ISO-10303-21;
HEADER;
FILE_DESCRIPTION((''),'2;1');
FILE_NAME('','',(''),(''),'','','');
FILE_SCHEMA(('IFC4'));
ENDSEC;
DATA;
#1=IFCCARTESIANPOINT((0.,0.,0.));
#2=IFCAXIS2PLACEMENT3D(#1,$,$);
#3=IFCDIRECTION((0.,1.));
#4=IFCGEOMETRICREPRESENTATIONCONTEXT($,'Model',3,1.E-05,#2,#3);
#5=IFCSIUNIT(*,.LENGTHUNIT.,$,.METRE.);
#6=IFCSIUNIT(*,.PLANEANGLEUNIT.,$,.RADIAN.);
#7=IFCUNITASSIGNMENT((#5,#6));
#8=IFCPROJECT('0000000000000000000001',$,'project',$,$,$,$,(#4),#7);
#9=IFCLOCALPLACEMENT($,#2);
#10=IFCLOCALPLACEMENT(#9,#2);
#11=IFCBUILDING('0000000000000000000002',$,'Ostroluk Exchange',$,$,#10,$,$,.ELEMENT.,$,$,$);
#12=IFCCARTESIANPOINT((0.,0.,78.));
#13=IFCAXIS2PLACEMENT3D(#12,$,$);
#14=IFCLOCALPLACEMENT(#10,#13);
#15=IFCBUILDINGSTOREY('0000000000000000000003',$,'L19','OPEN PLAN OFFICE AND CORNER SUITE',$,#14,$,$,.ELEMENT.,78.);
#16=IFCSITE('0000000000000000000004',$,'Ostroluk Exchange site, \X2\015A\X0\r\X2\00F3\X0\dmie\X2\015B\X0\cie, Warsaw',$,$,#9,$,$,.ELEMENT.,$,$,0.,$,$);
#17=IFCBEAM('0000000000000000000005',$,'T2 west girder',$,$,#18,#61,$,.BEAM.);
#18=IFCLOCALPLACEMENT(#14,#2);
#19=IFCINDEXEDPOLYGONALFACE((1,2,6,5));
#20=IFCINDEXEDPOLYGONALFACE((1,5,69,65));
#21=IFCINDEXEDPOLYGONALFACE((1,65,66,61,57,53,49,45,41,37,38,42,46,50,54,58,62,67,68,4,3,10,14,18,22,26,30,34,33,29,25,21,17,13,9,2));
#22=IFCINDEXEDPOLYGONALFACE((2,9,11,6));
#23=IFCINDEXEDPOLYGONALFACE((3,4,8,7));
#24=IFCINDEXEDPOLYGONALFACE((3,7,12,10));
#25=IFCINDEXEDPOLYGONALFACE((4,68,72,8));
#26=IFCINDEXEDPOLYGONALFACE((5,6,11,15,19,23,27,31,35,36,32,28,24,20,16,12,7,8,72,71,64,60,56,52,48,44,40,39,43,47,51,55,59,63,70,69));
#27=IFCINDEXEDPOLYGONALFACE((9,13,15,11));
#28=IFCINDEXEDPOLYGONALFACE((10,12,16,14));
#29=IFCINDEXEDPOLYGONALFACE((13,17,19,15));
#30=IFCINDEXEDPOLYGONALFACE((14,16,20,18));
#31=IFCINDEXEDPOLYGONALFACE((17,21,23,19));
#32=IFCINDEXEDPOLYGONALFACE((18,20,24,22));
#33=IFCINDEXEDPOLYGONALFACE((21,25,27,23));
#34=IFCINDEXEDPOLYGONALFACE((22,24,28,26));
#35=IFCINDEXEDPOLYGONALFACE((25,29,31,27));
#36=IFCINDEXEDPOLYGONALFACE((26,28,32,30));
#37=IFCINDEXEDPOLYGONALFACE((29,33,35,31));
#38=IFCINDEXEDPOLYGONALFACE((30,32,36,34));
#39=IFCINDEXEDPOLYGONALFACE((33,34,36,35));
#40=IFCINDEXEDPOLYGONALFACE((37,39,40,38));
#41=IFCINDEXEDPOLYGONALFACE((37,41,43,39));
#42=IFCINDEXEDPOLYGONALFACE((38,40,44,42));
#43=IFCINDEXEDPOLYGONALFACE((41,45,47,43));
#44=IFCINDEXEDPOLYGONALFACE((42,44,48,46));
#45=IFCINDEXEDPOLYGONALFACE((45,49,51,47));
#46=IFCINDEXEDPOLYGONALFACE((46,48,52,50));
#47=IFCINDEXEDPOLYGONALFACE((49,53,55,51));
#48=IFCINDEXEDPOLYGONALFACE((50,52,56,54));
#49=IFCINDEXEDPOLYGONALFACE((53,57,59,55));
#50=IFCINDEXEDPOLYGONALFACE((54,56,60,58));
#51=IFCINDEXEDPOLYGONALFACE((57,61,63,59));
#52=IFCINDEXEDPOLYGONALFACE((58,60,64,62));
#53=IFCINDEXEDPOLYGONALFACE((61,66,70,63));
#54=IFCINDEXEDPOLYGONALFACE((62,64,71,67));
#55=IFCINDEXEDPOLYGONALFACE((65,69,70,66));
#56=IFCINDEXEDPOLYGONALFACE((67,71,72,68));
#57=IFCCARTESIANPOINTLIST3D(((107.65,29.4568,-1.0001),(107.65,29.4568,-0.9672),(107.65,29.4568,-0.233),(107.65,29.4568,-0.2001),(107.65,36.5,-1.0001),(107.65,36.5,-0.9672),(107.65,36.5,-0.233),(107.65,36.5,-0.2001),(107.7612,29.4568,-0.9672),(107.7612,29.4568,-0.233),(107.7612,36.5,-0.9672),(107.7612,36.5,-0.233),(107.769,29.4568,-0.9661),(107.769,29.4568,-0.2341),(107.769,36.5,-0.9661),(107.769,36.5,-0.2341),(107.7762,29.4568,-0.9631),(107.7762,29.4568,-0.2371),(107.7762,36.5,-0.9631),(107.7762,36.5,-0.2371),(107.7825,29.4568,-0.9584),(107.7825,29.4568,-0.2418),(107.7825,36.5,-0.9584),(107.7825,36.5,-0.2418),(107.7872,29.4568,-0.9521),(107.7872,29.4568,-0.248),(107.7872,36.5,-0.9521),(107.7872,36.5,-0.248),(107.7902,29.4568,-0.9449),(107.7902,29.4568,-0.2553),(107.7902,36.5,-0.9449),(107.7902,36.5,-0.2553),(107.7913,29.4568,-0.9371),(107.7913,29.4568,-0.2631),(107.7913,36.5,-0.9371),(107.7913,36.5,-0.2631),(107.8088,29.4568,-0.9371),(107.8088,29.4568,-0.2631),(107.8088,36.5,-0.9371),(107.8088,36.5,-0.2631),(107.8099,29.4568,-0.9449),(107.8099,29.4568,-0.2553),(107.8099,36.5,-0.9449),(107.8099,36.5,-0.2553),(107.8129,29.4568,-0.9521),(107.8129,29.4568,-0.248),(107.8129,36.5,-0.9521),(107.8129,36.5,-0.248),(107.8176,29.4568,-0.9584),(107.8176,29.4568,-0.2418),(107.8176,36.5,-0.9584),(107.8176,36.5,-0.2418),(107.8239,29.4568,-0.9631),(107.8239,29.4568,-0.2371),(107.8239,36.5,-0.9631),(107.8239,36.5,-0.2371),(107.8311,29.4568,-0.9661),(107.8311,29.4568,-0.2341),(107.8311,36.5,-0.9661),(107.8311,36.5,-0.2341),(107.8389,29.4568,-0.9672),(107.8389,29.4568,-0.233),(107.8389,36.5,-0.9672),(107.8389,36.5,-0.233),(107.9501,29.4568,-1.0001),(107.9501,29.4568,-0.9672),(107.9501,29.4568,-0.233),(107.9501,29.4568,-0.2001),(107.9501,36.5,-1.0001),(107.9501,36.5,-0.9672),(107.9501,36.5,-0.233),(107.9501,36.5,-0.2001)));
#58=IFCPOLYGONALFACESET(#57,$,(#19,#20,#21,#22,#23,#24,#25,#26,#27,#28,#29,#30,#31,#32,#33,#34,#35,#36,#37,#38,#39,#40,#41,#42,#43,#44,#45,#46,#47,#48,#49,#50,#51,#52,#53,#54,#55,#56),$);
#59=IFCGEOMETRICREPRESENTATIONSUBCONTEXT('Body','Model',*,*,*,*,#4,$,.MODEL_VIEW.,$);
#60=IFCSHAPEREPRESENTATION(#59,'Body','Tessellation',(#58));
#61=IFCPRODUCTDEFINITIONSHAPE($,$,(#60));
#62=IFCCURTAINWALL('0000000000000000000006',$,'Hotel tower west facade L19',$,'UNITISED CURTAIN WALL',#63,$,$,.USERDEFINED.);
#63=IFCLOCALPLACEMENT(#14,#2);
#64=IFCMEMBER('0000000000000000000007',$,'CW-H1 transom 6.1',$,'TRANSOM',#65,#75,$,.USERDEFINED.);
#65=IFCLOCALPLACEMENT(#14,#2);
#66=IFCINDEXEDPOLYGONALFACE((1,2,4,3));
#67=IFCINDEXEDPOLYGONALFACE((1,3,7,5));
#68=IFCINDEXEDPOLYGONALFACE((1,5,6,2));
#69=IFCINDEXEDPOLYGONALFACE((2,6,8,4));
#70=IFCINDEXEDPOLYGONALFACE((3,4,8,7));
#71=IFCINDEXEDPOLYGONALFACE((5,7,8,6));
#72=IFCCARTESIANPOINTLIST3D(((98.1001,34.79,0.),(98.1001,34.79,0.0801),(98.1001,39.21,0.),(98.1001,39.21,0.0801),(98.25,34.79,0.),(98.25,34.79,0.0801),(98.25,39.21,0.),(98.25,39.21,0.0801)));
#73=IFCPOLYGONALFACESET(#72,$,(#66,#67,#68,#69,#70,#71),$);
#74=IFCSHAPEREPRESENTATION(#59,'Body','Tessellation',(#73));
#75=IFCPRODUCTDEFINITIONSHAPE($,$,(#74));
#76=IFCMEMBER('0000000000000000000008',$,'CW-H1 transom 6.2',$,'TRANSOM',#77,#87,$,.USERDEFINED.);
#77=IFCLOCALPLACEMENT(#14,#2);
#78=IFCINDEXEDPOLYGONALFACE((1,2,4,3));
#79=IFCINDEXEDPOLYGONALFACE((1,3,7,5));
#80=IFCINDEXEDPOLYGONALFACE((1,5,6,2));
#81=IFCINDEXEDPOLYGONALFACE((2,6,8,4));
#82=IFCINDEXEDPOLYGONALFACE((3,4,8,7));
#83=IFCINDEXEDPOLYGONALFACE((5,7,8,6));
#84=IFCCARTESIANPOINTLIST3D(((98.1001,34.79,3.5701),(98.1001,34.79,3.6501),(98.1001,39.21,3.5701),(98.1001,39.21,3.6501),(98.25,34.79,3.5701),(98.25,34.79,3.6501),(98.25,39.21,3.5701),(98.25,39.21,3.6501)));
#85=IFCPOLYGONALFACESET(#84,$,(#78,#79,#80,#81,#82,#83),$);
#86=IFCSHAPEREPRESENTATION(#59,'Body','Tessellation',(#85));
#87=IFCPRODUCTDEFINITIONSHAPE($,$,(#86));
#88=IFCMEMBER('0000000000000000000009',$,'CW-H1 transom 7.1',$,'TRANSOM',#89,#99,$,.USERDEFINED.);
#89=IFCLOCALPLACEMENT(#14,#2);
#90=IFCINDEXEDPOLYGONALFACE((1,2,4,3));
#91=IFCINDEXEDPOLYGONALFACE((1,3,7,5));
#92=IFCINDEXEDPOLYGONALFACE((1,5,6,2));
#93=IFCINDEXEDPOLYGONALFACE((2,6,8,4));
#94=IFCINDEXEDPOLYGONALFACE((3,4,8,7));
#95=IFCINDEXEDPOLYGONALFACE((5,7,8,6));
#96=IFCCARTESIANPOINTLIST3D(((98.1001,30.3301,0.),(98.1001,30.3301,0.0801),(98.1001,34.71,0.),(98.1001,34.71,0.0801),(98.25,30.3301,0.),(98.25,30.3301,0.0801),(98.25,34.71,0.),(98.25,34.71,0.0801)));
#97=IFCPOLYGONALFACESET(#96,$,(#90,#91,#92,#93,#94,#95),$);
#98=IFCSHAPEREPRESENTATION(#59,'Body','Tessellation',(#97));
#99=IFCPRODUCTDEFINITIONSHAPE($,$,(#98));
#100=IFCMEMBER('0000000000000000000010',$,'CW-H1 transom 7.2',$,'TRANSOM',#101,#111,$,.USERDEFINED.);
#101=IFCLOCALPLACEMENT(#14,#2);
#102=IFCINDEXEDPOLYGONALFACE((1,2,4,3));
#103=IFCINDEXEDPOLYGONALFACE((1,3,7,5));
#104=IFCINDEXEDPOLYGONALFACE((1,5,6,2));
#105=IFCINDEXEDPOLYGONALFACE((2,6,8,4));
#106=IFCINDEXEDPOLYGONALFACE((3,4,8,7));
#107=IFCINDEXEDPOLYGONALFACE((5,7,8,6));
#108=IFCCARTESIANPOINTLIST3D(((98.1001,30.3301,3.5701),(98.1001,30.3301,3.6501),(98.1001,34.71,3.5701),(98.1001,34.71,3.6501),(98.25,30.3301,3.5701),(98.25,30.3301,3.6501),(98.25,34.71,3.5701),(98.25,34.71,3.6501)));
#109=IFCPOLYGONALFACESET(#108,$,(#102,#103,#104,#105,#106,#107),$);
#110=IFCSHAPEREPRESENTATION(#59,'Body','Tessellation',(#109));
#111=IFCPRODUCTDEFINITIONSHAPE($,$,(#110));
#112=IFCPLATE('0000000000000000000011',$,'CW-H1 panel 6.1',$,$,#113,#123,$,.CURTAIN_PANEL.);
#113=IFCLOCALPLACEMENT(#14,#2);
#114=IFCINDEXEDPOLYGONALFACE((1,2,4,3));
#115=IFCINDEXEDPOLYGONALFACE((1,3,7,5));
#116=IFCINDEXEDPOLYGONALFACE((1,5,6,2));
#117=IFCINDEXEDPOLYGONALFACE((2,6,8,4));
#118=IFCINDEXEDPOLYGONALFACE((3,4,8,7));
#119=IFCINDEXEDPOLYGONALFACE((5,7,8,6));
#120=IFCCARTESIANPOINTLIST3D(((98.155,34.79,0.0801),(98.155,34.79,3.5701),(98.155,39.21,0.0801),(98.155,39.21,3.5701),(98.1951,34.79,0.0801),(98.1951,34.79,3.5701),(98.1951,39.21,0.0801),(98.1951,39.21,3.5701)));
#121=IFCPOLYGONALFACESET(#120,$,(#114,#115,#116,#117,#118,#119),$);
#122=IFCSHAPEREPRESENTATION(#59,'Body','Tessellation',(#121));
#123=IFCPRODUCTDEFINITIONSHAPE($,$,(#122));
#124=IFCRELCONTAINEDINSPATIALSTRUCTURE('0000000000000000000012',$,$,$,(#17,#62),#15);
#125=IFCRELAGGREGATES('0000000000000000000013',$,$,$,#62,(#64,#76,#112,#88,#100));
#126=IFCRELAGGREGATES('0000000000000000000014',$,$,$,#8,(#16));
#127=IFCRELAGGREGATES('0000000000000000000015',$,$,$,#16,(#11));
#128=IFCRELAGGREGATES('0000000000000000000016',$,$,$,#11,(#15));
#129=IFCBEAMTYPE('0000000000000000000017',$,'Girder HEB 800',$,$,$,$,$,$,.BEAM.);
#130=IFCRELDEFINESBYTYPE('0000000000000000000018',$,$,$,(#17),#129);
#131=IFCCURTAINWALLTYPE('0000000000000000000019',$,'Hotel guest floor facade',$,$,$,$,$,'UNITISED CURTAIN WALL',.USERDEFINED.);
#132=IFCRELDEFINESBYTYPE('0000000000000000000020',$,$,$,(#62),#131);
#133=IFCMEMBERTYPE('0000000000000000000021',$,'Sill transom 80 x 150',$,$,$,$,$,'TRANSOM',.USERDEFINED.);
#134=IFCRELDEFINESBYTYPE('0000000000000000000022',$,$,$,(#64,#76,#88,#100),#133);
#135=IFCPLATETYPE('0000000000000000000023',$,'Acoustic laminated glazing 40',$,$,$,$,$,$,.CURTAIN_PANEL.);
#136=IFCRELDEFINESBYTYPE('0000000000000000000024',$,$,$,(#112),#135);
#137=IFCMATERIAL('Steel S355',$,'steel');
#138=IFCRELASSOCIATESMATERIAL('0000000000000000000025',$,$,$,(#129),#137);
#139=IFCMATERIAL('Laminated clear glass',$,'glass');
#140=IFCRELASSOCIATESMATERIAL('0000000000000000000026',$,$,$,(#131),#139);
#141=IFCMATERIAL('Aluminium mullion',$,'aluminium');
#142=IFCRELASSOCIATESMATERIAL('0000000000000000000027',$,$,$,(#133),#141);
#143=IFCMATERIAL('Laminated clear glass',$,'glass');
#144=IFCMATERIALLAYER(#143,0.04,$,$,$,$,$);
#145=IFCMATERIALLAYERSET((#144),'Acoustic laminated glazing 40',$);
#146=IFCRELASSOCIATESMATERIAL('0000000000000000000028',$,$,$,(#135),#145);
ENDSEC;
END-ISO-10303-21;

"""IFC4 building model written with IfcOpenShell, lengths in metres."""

from ifc_helpers import new_model, si_unit, direction, frame, origin, origin_2d, place, context, subcontext, project, spatial, rectangle, i_section, extrude, material, layer, layer_set, material_profile, profile_set, type_object, element, aggregate, save


model = new_model("IFC4")

# Units and contexts
model_context = context("Model", 3, precision=1e-05, world=origin(), true_north=direction((0.0, 1.0)))
body_context = subcontext(model_context, "Body", "Model", "MODEL_VIEW")
ifc_project = project(units=[si_unit("LENGTHUNIT", "METRE"), si_unit("PLANEANGLEUNIT", "RADIAN")], contexts=[model_context])

# Site, building, storey
site_placement = place(None, origin())
site = spatial("IfcSite", under=ifc_project, at=site_placement, Name="Ostroluk Exchange site, Śródmieście, Warsaw", CompositionType="ELEMENT", RefElevation=0.0)
building_placement = place(site_placement, origin())
building = spatial("IfcBuilding", under=site, at=building_placement, Name="Ostroluk Exchange", CompositionType="ELEMENT")
storey_placement = place(building_placement, frame((0.0, 0.0, 78.0)))
storey = spatial("IfcBuildingStorey", under=building, at=storey_placement, Name="L19", Description="OPEN PLAN OFFICE AND CORNER SUITE", CompositionType="ELEMENT", Elevation=78.0)

# Beam
ifc_material_1 = material(Name="Steel S355", Category="steel")
ifc_material_profile_1 = material_profile(ifc_material_1, i_section(OverallWidth=0.3, OverallDepth=0.8, WebThickness=0.0176, FlangeThickness=0.033, FilletRadius=0.03, at=origin_2d()), Name="HEB 800")
ifc_profile_set_1 = profile_set([ifc_material_profile_1], Name="Steel S355")
beam_type_1 = type_object("IfcBeamType", Name="Girder HEB 800", PredefinedType="BEAM", material=ifc_profile_set_1)
beam_1_placement = place(storey_placement, frame((107.8, 36.5, -0.6001), z_axis=(0.0, -1.0, 0.0), x_axis=(1.0, 0.0, 0.0)))
element("IfcBeam", 1, at=beam_1_placement, inside=storey, type_object=beam_type_1, Name="T2 west girder", PredefinedType="BEAM", context=body_context, shape_type="SweptSolid", body=[
    extrude(i_section(OverallWidth=0.3, OverallDepth=0.8, WebThickness=0.0176, FlangeThickness=0.033, FilletRadius=0.03, at=origin_2d()), origin(), (0.0, 0.0, 1.0), 7.0432),
])

# Curtain wall, members, plate
ifc_material_2 = material(Name="Laminated clear glass", Category="glass")
curtain_wall_type = type_object("IfcCurtainWallType", Name="Hotel guest floor facade", ElementType="UNITISED CURTAIN WALL", PredefinedType="USERDEFINED", material=ifc_material_2)
curtain_wall_placement = place(storey_placement, origin())
curtain_wall = element("IfcCurtainWall", 2, at=curtain_wall_placement, inside=storey, type_object=curtain_wall_type, Name="Hotel tower west facade L19", ObjectType="UNITISED CURTAIN WALL", PredefinedType="USERDEFINED")
ifc_material_3 = material(Name="Aluminium mullion", Category="aluminium")
ifc_material_profile_2 = material_profile(ifc_material_3, rectangle(XDim=0.1499, YDim=0.0801, at=origin_2d()), Name="Sill transom 80 x 150")
ifc_profile_set_2 = profile_set([ifc_material_profile_2], Name="Aluminium mullion")
member_type = type_object("IfcMemberType", Name="Sill transom 80 x 150", ElementType="TRANSOM", PredefinedType="USERDEFINED", material=ifc_profile_set_2)
member_1_placement = place(storey_placement, frame((98.175, 39.21, 0.04), z_axis=(0.0, -1.0, 0.0), x_axis=(1.0, 0.0, 0.0)))
member_1 = element("IfcMember", 3, at=member_1_placement, type_object=member_type, Name="CW-H1 transom 6.1", ObjectType="TRANSOM", PredefinedType="USERDEFINED", context=body_context, shape_type="SweptSolid", body=[
    extrude(rectangle(XDim=0.1499, YDim=0.0801, at=origin_2d()), origin(), (0.0, 0.0, 1.0), 4.4199),
])
member_2_placement = place(storey_placement, frame((98.175, 39.21, 3.6101), z_axis=(0.0, -1.0, 0.0), x_axis=(1.0, 0.0, 0.0)))
member_2 = element("IfcMember", 4, at=member_2_placement, type_object=member_type, Name="CW-H1 transom 6.2", ObjectType="TRANSOM", PredefinedType="USERDEFINED", context=body_context, shape_type="SweptSolid", body=[
    extrude(rectangle(XDim=0.1499, YDim=0.0801, at=origin_2d()), origin(), (0.0, 0.0, 1.0), 4.4199),
])
member_3_placement = place(storey_placement, frame((98.175, 34.71, 0.04), z_axis=(0.0, -1.0, 0.0), x_axis=(1.0, 0.0, 0.0)))
member_3 = element("IfcMember", 5, at=member_3_placement, type_object=member_type, Name="CW-H1 transom 7.1", ObjectType="TRANSOM", PredefinedType="USERDEFINED", context=body_context, shape_type="SweptSolid", body=[
    extrude(rectangle(XDim=0.1499, YDim=0.0801, at=origin_2d()), origin(), (0.0, 0.0, 1.0), 4.3799),
])
member_4_placement = place(storey_placement, frame((98.175, 34.71, 3.6101), z_axis=(0.0, -1.0, 0.0), x_axis=(1.0, 0.0, 0.0)))
member_4 = element("IfcMember", 6, at=member_4_placement, type_object=member_type, Name="CW-H1 transom 7.2", ObjectType="TRANSOM", PredefinedType="USERDEFINED", context=body_context, shape_type="SweptSolid", body=[
    extrude(rectangle(XDim=0.1499, YDim=0.0801, at=origin_2d()), origin(), (0.0, 0.0, 1.0), 4.3799),
])
ifc_material_4 = material(Name="Laminated clear glass", Category="glass")
ifc_layer_1 = layer(ifc_material_4, 0.04)
ifc_layer_set_1 = layer_set([ifc_layer_1], Name="Acoustic laminated glazing 40")
plate_type = type_object("IfcPlateType", Name="Acoustic laminated glazing 40", PredefinedType="CURTAIN_PANEL", material=ifc_layer_set_1)
plate_placement = place(storey_placement, frame((98.175, 37.0, 0.0801), z_axis=(0.0, 0.0, 1.0), x_axis=(0.0, -1.0, 0.0)))
plate = element("IfcPlate", 7, at=plate_placement, type_object=plate_type, Name="CW-H1 panel 6.1", PredefinedType="CURTAIN_PANEL", context=body_context, shape_type="SweptSolid", body=[
    extrude(rectangle(XDim=4.4199, YDim=0.04, at=origin_2d()), origin(), (0.0, 0.0, 1.0), 3.49),
])
aggregate(curtain_wall, [member_1, member_2, plate, member_3, member_4])

save(model, "model.ifc")
